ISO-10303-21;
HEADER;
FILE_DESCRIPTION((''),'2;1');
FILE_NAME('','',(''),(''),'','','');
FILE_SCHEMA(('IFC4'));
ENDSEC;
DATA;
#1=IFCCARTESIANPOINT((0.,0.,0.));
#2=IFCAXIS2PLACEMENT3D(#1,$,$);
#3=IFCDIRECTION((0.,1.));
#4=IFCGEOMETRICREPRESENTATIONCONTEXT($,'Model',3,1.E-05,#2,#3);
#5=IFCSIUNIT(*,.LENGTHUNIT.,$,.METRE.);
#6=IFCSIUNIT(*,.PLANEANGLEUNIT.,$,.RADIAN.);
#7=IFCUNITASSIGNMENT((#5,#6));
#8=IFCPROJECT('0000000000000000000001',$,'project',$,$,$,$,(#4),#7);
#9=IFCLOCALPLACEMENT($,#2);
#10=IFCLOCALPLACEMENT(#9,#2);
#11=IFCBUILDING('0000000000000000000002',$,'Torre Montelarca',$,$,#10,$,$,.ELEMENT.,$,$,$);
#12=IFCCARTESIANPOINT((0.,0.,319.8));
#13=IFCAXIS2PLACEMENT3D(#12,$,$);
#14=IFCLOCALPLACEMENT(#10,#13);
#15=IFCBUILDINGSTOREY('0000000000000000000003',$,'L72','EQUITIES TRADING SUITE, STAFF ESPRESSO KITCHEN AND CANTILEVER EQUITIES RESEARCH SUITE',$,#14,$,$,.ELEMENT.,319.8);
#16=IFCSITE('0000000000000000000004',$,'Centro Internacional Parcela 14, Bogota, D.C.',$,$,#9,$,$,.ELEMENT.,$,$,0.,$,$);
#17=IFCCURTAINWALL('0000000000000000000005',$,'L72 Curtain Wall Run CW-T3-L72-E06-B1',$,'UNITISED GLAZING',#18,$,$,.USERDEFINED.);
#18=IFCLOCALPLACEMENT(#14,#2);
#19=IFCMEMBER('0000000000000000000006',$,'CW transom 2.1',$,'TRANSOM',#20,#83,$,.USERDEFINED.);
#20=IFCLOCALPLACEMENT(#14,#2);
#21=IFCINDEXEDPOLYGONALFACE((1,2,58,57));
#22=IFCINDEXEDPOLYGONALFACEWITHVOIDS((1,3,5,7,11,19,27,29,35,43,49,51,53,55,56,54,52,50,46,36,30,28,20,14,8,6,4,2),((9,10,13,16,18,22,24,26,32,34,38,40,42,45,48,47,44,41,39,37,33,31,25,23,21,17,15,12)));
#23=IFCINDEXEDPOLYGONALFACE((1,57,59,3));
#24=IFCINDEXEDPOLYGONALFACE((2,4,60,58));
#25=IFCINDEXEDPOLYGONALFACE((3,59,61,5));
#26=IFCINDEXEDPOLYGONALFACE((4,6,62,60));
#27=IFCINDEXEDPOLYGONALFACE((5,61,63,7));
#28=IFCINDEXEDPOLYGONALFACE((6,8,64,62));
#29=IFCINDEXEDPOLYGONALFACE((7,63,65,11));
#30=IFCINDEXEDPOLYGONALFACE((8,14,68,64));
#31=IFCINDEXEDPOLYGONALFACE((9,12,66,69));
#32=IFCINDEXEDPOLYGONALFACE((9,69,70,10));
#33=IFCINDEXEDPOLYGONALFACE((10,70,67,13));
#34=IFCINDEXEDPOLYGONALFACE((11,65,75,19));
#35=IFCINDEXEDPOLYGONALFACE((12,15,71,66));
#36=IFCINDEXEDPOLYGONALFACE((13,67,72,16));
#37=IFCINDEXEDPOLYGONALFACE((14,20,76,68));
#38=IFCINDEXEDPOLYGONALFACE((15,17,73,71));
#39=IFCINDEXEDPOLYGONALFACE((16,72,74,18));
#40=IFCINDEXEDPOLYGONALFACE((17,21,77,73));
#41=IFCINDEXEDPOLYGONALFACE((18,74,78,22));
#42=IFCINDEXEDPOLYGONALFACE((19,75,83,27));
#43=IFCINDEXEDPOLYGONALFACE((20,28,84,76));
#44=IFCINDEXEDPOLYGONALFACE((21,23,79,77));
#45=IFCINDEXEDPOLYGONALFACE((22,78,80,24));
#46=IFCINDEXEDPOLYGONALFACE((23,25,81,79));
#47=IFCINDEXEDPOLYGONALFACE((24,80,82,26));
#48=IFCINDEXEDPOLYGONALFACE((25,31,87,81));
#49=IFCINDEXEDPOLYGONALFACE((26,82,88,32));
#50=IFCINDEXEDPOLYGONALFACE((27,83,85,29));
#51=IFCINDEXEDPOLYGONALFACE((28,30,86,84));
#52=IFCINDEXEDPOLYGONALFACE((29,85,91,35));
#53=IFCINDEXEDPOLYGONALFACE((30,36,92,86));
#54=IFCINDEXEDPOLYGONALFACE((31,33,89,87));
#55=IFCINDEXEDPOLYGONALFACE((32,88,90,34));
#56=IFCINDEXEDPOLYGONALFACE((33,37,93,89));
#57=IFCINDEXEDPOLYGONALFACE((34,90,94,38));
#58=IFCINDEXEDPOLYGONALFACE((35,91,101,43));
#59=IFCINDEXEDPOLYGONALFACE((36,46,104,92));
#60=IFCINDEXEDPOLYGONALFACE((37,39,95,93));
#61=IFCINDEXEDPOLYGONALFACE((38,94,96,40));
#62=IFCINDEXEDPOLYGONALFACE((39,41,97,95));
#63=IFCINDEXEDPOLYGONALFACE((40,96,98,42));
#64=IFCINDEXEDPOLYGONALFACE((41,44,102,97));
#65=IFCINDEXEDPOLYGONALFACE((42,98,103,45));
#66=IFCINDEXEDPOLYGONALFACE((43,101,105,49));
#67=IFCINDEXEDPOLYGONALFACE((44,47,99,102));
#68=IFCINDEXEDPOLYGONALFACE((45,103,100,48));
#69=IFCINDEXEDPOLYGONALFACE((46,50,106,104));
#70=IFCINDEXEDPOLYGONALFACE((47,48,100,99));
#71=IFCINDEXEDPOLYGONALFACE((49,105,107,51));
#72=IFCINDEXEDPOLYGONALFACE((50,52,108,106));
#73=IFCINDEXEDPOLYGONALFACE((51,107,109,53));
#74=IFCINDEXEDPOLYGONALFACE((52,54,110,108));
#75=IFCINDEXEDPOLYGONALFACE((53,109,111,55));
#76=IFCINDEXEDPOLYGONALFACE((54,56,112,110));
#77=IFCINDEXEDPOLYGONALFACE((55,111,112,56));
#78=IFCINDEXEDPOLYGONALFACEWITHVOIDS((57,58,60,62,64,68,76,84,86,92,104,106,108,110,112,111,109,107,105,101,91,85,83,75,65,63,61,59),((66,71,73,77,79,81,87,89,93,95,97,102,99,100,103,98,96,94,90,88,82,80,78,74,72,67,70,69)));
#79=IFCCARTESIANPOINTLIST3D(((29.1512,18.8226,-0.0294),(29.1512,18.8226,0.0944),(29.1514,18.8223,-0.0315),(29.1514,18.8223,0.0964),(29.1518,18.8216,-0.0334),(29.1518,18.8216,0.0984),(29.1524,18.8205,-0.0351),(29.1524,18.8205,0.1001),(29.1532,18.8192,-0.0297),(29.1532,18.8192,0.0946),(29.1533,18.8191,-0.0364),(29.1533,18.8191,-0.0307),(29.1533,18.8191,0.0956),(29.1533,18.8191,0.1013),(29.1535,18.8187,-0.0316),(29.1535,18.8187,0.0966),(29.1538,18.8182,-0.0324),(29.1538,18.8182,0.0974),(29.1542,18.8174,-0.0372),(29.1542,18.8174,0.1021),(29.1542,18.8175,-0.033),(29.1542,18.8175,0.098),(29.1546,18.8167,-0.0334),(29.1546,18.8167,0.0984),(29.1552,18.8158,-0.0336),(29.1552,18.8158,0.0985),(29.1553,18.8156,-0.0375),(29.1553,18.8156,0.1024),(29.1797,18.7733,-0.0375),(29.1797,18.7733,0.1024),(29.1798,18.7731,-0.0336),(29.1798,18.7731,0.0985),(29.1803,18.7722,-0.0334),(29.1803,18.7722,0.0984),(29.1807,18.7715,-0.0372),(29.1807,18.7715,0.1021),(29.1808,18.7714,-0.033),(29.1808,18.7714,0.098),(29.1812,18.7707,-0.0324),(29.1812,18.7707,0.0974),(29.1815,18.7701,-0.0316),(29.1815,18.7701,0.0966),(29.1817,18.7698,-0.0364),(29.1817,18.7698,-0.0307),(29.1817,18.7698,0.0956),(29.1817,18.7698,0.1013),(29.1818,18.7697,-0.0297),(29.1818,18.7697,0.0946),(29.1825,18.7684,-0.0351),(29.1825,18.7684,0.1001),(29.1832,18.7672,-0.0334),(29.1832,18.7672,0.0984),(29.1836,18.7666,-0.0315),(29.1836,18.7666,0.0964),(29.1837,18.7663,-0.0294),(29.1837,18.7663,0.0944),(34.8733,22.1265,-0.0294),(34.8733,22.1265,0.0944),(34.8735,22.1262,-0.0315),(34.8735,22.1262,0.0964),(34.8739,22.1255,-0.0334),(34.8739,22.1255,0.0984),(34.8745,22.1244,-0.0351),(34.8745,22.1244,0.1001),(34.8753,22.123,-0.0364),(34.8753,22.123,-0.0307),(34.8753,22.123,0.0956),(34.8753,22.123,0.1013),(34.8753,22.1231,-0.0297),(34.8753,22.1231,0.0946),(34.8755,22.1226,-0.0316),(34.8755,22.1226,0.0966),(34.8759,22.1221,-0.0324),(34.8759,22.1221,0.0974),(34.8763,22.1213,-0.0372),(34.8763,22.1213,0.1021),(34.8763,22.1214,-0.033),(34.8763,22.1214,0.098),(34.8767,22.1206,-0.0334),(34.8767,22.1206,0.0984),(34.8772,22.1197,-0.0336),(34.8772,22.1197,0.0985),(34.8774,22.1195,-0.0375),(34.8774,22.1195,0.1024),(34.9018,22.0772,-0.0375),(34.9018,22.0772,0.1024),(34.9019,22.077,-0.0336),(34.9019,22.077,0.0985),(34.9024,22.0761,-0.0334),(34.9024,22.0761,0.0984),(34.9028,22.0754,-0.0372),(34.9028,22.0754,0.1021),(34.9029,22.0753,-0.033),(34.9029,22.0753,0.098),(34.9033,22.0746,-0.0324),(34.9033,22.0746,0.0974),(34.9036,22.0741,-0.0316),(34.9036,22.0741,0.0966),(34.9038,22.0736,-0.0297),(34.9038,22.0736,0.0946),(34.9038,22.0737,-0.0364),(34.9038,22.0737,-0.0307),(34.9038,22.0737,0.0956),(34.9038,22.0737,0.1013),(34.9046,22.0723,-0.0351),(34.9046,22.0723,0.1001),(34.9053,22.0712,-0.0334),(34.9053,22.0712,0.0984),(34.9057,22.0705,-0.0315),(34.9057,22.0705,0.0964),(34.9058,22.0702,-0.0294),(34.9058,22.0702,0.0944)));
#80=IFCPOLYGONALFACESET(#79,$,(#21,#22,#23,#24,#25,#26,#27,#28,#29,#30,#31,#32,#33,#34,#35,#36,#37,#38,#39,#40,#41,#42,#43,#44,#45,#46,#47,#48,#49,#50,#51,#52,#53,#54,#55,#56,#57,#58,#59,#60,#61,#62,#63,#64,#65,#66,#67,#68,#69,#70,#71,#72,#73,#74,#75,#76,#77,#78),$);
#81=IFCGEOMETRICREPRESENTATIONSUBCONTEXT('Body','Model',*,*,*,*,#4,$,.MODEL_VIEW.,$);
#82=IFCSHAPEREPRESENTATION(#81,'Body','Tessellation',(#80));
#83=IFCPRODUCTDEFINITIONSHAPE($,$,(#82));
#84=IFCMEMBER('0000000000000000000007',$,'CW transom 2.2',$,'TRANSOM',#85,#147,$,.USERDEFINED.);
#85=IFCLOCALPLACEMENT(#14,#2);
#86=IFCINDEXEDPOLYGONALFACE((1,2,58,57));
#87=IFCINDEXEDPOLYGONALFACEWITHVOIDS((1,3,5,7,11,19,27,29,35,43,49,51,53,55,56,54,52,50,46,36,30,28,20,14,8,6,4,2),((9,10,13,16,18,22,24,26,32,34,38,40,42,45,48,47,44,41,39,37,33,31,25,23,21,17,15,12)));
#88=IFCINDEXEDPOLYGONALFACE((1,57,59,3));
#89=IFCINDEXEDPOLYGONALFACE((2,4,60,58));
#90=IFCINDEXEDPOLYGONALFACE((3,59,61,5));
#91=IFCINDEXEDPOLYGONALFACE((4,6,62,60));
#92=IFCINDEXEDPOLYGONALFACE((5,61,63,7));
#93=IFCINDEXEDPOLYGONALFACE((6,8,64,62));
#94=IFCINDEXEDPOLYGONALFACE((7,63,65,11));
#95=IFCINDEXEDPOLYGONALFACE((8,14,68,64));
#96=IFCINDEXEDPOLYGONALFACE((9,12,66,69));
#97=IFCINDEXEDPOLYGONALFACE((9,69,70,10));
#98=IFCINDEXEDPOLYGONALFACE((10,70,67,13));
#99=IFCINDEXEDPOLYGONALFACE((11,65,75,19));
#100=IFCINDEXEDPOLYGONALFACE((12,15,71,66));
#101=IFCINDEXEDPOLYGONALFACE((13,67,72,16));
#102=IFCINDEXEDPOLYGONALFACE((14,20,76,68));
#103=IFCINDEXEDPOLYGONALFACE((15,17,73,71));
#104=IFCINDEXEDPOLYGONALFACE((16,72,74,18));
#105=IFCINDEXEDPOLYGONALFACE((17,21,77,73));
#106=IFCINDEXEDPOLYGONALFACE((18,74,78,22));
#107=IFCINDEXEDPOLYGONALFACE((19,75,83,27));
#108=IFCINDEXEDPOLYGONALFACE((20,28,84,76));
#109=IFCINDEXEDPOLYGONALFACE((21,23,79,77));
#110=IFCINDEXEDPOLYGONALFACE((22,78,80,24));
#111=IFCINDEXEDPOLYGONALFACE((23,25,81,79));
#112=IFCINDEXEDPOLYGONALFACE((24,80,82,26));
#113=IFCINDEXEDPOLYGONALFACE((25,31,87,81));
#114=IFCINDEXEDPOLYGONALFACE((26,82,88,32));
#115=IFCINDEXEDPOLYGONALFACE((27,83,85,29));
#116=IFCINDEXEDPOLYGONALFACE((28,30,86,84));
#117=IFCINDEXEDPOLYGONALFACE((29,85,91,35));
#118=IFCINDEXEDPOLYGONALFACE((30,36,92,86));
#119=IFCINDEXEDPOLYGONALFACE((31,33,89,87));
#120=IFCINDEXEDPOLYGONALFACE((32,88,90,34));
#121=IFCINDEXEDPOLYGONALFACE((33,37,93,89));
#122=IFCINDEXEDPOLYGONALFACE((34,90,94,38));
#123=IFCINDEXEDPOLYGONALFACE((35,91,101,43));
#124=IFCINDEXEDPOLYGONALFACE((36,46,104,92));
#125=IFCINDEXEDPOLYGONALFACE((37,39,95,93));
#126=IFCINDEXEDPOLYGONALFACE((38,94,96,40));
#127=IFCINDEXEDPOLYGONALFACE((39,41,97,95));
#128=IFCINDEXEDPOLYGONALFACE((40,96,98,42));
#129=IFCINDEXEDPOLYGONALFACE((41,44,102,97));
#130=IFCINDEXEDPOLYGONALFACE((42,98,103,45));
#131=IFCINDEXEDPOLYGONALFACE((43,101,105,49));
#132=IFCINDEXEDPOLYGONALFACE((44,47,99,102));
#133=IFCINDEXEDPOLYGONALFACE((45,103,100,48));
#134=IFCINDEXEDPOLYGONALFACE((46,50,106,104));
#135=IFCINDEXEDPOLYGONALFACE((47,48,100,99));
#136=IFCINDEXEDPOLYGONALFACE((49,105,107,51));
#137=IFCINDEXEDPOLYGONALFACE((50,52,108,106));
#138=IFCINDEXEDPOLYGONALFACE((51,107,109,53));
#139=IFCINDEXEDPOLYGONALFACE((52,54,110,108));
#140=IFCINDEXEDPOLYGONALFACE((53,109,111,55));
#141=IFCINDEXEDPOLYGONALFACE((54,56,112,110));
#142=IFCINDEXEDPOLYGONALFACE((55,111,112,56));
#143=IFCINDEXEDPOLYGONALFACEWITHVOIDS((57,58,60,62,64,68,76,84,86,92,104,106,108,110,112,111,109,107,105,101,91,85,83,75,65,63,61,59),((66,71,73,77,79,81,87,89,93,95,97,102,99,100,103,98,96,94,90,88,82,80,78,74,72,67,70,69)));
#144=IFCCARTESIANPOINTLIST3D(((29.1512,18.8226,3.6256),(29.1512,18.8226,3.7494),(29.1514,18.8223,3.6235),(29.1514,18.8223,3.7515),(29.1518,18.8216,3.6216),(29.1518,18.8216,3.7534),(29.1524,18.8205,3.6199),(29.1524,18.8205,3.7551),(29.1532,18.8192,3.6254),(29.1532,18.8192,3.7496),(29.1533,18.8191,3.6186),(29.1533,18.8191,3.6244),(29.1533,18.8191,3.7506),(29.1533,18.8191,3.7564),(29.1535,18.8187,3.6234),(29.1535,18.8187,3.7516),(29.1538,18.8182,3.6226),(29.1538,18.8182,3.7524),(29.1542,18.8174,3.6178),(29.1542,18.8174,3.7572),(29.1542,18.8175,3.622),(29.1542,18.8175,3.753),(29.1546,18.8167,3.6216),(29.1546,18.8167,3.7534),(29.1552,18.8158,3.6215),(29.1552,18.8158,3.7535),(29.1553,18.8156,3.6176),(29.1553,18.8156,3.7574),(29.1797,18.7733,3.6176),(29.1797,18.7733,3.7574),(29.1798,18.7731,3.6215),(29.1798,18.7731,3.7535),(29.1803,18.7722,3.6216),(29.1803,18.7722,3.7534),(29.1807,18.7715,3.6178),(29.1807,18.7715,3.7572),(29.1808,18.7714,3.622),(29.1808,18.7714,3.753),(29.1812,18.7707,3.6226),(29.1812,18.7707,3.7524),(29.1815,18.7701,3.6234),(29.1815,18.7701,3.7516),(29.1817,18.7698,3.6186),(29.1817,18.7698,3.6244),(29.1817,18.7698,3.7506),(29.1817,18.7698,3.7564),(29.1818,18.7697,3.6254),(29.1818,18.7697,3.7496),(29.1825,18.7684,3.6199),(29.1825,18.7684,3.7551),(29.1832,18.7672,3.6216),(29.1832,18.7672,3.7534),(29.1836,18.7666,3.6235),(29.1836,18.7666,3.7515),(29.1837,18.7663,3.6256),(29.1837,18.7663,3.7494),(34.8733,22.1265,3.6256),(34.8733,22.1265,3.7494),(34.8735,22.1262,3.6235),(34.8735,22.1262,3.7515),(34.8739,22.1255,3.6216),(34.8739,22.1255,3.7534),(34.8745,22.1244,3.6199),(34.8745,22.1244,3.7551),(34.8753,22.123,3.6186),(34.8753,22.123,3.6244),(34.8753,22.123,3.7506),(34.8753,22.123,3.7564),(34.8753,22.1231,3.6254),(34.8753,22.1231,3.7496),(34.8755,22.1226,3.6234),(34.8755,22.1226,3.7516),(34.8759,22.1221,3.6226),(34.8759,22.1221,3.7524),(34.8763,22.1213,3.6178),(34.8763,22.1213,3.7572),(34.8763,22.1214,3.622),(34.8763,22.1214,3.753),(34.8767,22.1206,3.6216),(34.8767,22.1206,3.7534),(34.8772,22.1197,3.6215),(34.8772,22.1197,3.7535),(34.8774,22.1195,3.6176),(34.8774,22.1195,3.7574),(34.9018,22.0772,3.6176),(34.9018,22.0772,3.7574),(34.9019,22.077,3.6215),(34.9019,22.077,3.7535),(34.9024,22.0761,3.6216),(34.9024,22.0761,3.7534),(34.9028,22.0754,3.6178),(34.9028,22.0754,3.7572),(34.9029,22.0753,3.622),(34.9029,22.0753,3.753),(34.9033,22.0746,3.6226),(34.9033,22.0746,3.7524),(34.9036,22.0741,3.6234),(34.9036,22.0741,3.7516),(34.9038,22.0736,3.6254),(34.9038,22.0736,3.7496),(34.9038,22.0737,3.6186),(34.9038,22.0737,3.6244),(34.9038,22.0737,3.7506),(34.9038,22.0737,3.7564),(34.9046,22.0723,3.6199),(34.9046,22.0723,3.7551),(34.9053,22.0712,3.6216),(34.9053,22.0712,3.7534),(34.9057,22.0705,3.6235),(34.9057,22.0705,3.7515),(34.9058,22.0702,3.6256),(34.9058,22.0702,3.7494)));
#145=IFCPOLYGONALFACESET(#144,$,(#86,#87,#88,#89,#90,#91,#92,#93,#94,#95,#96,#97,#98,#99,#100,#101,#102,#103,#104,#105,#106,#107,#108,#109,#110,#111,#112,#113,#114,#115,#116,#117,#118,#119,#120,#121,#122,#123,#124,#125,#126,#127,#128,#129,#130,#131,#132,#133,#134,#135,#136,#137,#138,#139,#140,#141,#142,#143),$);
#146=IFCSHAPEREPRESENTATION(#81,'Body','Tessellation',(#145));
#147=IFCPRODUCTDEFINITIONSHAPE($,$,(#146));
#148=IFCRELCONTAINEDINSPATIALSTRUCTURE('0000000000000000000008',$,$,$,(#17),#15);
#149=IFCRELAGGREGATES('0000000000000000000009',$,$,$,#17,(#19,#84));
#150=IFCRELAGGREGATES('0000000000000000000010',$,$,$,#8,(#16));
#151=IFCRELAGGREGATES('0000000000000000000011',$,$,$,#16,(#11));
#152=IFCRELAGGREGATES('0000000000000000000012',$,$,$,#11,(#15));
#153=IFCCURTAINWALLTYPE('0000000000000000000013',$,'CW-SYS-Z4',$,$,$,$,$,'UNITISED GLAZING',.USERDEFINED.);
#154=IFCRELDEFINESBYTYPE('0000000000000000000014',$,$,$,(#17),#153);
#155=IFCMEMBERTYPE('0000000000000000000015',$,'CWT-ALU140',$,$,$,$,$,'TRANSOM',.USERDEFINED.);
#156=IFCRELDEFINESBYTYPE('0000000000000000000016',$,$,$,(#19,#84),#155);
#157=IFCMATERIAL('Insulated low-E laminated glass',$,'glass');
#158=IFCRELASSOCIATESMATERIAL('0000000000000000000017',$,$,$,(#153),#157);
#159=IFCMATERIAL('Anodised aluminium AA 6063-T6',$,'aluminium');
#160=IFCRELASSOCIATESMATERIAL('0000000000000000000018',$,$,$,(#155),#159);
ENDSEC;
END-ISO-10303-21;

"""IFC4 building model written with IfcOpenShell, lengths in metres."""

from ifc_helpers import new_model, si_unit, direction, frame, origin, origin_2d, place, context, subcontext, project, spatial, hollow_rectangle, extrude, source, transform, mapped, material, material_profile, profile_set, type_object, element, aggregate, save


model = new_model("IFC4")

# Units and contexts
model_context = context("Model", 3, precision=1e-05, world=origin(), true_north=direction((0.0, 1.0)))
body_context = subcontext(model_context, "Body", "Model", "MODEL_VIEW")
ifc_project = project(units=[si_unit("LENGTHUNIT", "METRE"), si_unit("PLANEANGLEUNIT", "RADIAN")], contexts=[model_context])

# Site, building, storey
site_placement = place(None, origin())
site = spatial("IfcSite", under=ifc_project, at=site_placement, Name="Centro Internacional Parcela 14, Bogota, D.C.", CompositionType="ELEMENT", RefElevation=0.0)
building_placement = place(site_placement, origin())
building = spatial("IfcBuilding", under=site, at=building_placement, Name="Torre Montelarca", CompositionType="ELEMENT")
storey_placement = place(building_placement, frame((0.0, 0.0, 319.8)))
storey = spatial("IfcBuildingStorey", under=building, at=storey_placement, Name="L72", Description="EQUITIES TRADING SUITE, STAFF ESPRESSO KITCHEN AND CANTILEVER EQUITIES RESEARCH SUITE", CompositionType="ELEMENT", Elevation=319.8)

# Curtain wall
ifc_material_1 = material(Name="Insulated low-E laminated glass", Category="glass")
curtain_wall_type = type_object("IfcCurtainWallType", Name="CW-SYS-Z4", ElementType="UNITISED GLAZING", PredefinedType="USERDEFINED", material=ifc_material_1)
curtain_wall_1_placement = place(storey_placement, origin())
curtain_wall_1 = element("IfcCurtainWall", 1, at=curtain_wall_1_placement, inside=storey, type_object=curtain_wall_type, Name="L72 Curtain Wall Run CW-T3-L72-E06-B1", ObjectType="UNITISED GLAZING", PredefinedType="USERDEFINED")
ifc_material_2 = material(Name="Anodised aluminium AA 6063-T6", Category="aluminium")

# Members
ifc_material_profile_1 = material_profile(ifc_material_2, hollow_rectangle(XDim=0.0649, YDim=0.1399, WallThickness=0.0039, InnerFilletRadius=0.0039, OuterFilletRadius=0.0081, at=origin_2d()), Name="ALU65X140X4", Category="aluminium")
ifc_profile_set_1 = profile_set([ifc_material_profile_1], Name="Anodised aluminium AA 6063-T6")
member_type_1 = type_object("IfcMemberType", Name="CWT-ALU140", ElementType="TRANSOM", PredefinedType="USERDEFINED", material=ifc_profile_set_1)
shared_shape_1 = source(origin(), body_context, "Body", "SweptSolid", [
    extrude(hollow_rectangle(XDim=0.0649, YDim=0.1399, WallThickness=0.0039, InnerFilletRadius=0.0039, OuterFilletRadius=0.0081, at=origin_2d()), origin(), (0.0, 0.0, 1.0), 6.6074),
])
member_1_placement = place(storey_placement, frame((29.1675, 18.7944, 0.0325), z_axis=(0.866008, 0.500029, 0.0), x_axis=(-0.500029, 0.866008, 0.0)))
member_1 = element("IfcMember", 2, at=member_1_placement, type_object=member_type_1, Name="CW transom 2.1", ObjectType="TRANSOM", PredefinedType="USERDEFINED", context=body_context, shape_type="MappedRepresentation", body=[
    mapped(shared_shape_1, transform((0.0, 0.0, 0.0), scale=1.0)),
])
member_2_placement = place(storey_placement, frame((29.1675, 18.7944, 3.6875), z_axis=(0.866008, 0.500029, 0.0), x_axis=(-0.500029, 0.866008, 0.0)))
member_2 = element("IfcMember", 3, at=member_2_placement, type_object=member_type_1, Name="CW transom 2.2", ObjectType="TRANSOM", PredefinedType="USERDEFINED", context=body_context, shape_type="MappedRepresentation", body=[
    mapped(shared_shape_1, transform((0.0, 0.0, 0.0), scale=1.0)),
])

aggregate(curtain_wall_1, [member_1, member_2])

save(model, "model.ifc")
